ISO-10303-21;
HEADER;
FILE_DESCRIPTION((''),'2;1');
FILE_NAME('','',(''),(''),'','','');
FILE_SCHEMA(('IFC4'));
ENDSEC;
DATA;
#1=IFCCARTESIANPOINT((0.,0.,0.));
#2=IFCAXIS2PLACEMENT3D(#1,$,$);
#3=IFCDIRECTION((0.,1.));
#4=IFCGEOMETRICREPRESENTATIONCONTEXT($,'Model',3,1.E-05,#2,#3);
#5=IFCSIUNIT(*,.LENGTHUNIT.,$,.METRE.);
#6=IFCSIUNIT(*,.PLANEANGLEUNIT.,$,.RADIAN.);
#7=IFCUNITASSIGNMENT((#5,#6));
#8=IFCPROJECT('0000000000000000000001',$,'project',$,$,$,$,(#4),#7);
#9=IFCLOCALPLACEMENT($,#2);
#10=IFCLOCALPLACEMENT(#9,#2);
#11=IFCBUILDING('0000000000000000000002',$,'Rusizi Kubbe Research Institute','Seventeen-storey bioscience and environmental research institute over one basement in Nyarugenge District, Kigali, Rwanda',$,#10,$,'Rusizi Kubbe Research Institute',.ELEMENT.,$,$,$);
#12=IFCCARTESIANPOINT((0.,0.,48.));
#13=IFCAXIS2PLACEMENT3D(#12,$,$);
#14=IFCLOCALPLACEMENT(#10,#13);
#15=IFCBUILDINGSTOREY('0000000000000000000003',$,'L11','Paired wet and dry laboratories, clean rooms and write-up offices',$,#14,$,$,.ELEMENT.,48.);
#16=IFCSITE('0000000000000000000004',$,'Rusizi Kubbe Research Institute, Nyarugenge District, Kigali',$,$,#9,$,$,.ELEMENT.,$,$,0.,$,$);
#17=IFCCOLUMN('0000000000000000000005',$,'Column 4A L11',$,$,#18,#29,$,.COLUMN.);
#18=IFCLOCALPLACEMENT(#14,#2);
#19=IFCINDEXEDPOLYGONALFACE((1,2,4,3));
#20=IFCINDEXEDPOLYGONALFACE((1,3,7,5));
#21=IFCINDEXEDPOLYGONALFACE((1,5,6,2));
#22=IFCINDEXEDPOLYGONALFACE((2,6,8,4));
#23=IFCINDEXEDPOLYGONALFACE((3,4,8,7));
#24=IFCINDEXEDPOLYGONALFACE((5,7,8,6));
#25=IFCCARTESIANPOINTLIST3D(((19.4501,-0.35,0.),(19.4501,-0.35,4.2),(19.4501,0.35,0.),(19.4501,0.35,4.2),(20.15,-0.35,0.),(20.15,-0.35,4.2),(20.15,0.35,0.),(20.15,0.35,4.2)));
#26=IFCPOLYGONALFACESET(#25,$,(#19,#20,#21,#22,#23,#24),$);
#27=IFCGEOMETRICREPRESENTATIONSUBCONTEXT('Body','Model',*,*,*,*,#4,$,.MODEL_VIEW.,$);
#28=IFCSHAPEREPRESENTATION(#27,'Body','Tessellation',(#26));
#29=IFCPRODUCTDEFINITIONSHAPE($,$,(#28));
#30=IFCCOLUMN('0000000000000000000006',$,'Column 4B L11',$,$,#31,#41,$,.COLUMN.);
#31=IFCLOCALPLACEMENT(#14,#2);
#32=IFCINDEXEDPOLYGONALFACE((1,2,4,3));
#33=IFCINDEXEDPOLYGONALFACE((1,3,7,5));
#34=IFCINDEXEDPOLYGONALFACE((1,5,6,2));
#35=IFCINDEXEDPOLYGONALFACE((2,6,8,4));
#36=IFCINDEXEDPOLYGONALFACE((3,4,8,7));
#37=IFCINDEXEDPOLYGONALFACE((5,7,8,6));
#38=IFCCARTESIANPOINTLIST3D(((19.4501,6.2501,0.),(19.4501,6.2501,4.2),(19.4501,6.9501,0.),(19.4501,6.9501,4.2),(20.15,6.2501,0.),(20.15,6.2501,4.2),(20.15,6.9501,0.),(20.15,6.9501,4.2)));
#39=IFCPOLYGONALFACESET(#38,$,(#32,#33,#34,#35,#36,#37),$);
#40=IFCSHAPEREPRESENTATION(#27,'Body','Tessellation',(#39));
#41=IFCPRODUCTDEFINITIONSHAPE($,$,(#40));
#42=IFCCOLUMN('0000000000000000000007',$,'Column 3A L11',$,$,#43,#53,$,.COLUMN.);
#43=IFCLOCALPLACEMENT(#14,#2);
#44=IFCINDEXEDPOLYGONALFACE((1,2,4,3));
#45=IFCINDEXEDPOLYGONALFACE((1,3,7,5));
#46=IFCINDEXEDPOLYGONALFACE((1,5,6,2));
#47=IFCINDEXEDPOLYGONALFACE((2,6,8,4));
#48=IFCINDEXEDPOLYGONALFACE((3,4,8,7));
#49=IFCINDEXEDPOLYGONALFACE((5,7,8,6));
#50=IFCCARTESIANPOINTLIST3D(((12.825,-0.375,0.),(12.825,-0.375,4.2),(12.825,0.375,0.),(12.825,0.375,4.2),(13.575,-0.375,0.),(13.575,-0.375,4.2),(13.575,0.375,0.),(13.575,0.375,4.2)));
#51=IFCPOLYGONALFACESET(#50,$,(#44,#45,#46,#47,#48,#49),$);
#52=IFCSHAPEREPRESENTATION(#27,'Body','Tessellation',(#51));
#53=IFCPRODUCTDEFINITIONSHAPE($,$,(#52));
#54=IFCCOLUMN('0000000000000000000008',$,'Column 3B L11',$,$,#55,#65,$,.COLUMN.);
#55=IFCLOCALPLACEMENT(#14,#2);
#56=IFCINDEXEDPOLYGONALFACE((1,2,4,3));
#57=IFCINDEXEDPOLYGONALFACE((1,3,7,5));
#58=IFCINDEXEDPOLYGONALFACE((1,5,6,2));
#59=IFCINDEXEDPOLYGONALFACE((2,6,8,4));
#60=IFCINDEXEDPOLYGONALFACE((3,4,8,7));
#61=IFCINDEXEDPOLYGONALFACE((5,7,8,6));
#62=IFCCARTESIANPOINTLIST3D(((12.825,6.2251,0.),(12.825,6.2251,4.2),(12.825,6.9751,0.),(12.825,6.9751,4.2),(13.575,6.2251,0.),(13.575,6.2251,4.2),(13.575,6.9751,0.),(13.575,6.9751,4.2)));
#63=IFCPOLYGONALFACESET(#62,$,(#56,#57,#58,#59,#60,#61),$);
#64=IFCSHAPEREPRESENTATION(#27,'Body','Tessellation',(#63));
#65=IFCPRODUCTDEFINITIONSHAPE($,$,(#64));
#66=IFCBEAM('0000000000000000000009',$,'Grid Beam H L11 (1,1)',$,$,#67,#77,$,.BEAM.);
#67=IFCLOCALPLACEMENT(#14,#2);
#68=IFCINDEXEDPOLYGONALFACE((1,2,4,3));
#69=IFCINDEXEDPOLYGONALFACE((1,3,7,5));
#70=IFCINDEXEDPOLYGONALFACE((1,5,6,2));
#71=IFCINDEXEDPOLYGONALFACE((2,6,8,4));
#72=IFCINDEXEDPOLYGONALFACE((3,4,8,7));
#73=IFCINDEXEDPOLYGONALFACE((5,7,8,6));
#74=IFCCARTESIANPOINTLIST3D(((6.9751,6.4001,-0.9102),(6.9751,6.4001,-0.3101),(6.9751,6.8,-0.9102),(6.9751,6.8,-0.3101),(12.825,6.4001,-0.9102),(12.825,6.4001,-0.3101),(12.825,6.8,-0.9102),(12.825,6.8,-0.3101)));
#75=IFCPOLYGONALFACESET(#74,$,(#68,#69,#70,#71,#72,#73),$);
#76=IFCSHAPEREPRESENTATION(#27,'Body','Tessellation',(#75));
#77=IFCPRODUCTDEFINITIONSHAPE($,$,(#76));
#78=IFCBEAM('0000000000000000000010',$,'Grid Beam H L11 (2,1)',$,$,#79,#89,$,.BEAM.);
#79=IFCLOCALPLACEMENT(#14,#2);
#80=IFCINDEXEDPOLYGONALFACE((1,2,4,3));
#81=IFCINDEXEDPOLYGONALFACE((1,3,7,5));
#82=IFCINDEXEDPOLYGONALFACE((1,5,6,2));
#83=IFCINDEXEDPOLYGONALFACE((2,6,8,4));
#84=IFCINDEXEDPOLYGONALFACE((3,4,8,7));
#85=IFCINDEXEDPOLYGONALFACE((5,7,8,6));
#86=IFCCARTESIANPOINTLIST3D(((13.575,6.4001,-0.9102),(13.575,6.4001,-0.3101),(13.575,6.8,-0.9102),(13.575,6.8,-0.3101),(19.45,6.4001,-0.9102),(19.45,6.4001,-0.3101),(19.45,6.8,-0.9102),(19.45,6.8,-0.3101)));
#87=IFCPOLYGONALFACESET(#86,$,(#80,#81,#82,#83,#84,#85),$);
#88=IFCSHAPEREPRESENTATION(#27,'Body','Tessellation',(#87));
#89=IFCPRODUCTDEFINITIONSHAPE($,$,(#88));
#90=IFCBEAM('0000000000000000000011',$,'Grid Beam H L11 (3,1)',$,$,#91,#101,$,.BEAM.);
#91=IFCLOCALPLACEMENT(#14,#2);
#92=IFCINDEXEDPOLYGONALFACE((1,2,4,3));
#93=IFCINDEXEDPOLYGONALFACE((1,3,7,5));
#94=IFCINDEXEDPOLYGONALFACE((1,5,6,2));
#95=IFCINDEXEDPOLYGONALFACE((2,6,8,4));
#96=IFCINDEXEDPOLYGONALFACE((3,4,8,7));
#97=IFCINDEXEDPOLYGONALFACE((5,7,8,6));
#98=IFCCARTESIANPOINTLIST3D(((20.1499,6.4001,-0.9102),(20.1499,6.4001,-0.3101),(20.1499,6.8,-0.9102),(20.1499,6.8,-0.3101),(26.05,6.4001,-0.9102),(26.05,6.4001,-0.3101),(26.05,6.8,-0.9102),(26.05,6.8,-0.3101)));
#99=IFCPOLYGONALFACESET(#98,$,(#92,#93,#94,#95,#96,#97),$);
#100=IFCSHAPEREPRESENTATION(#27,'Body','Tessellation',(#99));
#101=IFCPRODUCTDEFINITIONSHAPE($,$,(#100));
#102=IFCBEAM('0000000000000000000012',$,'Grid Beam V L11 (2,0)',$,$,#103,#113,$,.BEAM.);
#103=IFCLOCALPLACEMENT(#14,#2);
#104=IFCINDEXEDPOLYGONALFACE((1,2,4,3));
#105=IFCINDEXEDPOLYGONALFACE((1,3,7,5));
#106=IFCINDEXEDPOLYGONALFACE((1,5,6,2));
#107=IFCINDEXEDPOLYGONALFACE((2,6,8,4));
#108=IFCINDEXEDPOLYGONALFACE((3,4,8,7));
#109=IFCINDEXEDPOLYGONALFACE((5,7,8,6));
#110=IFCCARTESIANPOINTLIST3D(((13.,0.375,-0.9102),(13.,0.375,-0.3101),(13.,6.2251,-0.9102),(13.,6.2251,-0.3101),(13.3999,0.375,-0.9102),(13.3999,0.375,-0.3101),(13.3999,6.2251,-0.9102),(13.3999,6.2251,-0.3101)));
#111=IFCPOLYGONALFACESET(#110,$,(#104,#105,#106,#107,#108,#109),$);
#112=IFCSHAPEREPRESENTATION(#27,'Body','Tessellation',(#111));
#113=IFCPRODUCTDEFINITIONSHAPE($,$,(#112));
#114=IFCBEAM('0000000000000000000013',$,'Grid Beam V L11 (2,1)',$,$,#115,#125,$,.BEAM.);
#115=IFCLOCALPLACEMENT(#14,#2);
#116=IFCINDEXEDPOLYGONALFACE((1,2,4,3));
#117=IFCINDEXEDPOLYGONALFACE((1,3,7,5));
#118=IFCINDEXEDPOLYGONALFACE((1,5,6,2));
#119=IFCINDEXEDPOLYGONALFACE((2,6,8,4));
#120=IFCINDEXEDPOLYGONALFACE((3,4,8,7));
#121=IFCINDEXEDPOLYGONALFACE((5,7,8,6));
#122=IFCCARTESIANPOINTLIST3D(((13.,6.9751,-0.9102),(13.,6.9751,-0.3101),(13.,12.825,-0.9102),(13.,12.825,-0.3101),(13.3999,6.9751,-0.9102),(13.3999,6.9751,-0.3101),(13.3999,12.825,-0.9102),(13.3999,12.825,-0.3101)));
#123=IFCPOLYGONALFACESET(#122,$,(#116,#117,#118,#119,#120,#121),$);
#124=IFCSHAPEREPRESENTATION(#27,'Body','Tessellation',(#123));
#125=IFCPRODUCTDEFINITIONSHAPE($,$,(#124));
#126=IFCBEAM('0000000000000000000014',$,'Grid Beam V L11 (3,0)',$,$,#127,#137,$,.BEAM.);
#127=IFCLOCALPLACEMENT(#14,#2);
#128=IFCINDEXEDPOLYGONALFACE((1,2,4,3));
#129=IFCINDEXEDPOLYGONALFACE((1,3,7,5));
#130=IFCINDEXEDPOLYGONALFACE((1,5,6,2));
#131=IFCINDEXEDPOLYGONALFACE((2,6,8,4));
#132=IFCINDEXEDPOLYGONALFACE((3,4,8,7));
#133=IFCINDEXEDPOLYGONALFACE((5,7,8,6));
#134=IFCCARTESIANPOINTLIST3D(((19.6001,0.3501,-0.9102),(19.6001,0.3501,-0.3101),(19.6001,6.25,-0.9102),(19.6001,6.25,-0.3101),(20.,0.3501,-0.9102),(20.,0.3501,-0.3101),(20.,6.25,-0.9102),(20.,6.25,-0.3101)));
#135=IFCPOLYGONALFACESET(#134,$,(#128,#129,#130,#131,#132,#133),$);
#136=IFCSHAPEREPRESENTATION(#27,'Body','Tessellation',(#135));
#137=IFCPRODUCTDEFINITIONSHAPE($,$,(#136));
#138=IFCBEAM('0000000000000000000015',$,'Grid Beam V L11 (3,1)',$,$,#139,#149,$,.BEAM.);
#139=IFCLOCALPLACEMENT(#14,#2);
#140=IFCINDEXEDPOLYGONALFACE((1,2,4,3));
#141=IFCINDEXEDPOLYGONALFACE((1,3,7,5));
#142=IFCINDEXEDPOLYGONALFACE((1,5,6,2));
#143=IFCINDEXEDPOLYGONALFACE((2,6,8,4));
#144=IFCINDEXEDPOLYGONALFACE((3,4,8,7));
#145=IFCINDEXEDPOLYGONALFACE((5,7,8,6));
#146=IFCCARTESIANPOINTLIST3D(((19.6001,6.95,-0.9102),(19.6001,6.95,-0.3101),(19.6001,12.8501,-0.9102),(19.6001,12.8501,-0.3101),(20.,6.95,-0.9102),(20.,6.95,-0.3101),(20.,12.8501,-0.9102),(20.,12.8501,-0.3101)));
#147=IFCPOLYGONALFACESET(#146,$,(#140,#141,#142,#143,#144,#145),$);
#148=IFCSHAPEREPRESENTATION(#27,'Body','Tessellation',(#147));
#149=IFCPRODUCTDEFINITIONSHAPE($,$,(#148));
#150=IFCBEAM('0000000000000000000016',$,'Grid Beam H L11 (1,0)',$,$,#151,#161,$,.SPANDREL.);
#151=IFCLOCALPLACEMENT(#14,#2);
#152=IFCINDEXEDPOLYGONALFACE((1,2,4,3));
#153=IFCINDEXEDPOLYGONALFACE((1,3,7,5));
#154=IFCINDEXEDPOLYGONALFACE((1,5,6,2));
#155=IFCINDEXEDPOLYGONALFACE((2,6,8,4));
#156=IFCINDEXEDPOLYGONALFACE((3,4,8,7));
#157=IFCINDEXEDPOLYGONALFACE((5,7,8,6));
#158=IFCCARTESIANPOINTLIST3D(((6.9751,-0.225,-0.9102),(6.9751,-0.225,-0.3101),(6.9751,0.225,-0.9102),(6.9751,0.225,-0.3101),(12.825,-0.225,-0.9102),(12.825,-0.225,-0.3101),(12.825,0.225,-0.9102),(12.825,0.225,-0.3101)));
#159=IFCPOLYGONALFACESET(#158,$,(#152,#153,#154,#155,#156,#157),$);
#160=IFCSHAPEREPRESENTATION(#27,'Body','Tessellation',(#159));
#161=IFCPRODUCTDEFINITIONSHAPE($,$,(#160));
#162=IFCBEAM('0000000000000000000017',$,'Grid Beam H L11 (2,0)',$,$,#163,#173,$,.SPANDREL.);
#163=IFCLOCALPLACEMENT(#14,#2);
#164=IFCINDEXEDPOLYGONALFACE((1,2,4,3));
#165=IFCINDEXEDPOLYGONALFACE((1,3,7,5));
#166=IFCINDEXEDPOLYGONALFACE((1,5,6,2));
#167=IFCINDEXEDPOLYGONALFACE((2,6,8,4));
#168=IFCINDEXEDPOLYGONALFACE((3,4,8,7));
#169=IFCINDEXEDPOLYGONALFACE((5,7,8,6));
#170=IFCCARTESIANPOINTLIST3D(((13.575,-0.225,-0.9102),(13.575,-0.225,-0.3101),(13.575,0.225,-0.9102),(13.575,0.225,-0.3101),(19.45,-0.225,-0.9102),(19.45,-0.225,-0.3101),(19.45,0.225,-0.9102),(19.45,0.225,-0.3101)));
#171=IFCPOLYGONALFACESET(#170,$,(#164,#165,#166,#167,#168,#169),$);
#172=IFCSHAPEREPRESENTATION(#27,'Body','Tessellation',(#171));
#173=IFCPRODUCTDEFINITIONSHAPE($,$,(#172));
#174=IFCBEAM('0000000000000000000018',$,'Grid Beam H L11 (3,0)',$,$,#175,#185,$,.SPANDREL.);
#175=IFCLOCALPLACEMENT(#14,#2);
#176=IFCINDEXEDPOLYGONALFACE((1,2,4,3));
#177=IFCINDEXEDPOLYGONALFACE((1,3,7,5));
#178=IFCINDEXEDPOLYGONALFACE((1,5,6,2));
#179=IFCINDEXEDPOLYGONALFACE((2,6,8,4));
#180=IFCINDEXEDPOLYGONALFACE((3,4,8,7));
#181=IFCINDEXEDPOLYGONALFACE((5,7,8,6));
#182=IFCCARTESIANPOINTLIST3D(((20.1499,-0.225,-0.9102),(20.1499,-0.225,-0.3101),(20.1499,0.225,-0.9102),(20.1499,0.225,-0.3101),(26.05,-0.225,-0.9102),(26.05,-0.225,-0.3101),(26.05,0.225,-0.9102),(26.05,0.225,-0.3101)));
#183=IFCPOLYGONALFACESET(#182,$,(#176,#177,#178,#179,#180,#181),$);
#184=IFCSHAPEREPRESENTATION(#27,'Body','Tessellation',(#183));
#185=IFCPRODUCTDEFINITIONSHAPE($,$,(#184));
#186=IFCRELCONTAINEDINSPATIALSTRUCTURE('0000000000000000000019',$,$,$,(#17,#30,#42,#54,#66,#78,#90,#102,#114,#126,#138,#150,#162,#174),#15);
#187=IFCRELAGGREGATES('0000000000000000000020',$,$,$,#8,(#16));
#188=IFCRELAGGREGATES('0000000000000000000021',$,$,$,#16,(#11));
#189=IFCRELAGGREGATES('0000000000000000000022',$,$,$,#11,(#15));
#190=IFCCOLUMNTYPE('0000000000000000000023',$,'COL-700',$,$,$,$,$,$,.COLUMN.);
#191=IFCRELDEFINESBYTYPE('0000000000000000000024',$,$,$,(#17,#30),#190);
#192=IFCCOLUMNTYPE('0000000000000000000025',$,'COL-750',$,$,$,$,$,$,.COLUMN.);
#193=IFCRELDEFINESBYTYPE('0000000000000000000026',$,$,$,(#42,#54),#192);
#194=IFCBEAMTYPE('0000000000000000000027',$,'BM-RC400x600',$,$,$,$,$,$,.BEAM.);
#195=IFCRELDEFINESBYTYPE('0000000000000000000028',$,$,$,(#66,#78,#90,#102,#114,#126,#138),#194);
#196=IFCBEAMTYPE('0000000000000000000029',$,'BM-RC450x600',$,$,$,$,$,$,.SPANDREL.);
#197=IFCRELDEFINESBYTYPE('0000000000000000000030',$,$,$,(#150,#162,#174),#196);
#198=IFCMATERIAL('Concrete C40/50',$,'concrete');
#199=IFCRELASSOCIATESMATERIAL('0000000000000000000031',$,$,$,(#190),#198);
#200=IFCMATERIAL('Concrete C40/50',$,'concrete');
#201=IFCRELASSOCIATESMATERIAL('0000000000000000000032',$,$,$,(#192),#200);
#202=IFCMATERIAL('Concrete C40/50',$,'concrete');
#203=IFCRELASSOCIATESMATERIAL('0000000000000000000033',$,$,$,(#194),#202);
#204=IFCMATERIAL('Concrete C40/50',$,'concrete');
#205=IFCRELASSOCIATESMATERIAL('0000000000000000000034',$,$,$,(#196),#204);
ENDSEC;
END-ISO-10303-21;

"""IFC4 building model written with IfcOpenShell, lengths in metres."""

from ifc_helpers import new_model, si_unit, direction, frame, origin, origin_2d, place, context, subcontext, project, spatial, rectangle, extrude, material, material_profile, profile_set, type_object, element, save


model = new_model("IFC4")

# Units and contexts
model_context = context("Model", 3, precision=1e-05, world=origin(), true_north=direction((0.0, 1.0)))
body_context = subcontext(model_context, "Body", "Model", "MODEL_VIEW")
ifc_project = project(units=[si_unit("LENGTHUNIT", "METRE"), si_unit("PLANEANGLEUNIT", "RADIAN")], contexts=[model_context])

# Site, building, storey
site_placement = place(None, origin())
site = spatial("IfcSite", under=ifc_project, at=site_placement, Name="Rusizi Kubbe Research Institute, Nyarugenge District, Kigali", CompositionType="ELEMENT", RefElevation=0.0)
building_placement = place(site_placement, origin())
building = spatial("IfcBuilding", under=site, at=building_placement, Name="Rusizi Kubbe Research Institute", Description="Seventeen-storey bioscience and environmental research institute over one basement in Nyarugenge District, Kigali, Rwanda", LongName="Rusizi Kubbe Research Institute", CompositionType="ELEMENT")
storey_placement = place(building_placement, frame((0.0, 0.0, 48.0)))
storey = spatial("IfcBuildingStorey", under=building, at=storey_placement, Name="L11", Description="Paired wet and dry laboratories, clean rooms and write-up offices", CompositionType="ELEMENT", Elevation=48.0)

# Columns
ifc_material_1 = material(Name="Concrete C40/50", Category="concrete")
ifc_material_profile_1 = material_profile(ifc_material_1, rectangle(XDim=0.7, YDim=0.7, at=origin_2d()), Name="RC700x700")
ifc_profile_set_1 = profile_set([ifc_material_profile_1], Name="Concrete C40/50")
column_type_1 = type_object("IfcColumnType", Name="COL-700", PredefinedType="COLUMN", material=ifc_profile_set_1)
for number, where, z_axis, x_axis, name in (
    (1, (19.8, 0.0, 0.0), (0.0, 0.0, 1.0), (1.0, 0.0, 0.0), "Column 4A L11"),
    (2, (19.8, 6.6001, 0.0), (0.0, 0.0, 1.0), (1.0, 0.0, 0.0), "Column 4B L11"),
):
    element("IfcColumn", number, at=place(storey_placement, frame(where, z_axis=z_axis, x_axis=x_axis)), inside=storey, type_object=column_type_1, Name=name, PredefinedType="COLUMN", context=body_context, shape_type="SweptSolid", body=[
        extrude(rectangle(XDim=0.7, YDim=0.7, at=origin_2d()), origin(), (0.0, 0.0, 1.0), 4.2),
    ])
ifc_material_2 = material(Name="Concrete C40/50", Category="concrete")
ifc_material_profile_2 = material_profile(ifc_material_2, rectangle(XDim=0.75, YDim=0.75, at=origin_2d()), Name="RC750x750")
ifc_profile_set_2 = profile_set([ifc_material_profile_2], Name="Concrete C40/50")
column_type_2 = type_object("IfcColumnType", Name="COL-750", PredefinedType="COLUMN", material=ifc_profile_set_2)
for number, where, z_axis, x_axis, name in (
    (3, (13.2, 0.0, 0.0), (0.0, 0.0, 1.0), (1.0, 0.0, 0.0), "Column 3A L11"),
    (4, (13.2, 6.6001, 0.0), (0.0, 0.0, 1.0), (1.0, 0.0, 0.0), "Column 3B L11"),
):
    element("IfcColumn", number, at=place(storey_placement, frame(where, z_axis=z_axis, x_axis=x_axis)), inside=storey, type_object=column_type_2, Name=name, PredefinedType="COLUMN", context=body_context, shape_type="SweptSolid", body=[
        extrude(rectangle(XDim=0.75, YDim=0.75, at=origin_2d()), origin(), (0.0, 0.0, 1.0), 4.2),
    ])

# Beams
ifc_material_3 = material(Name="Concrete C40/50", Category="concrete")
ifc_material_profile_3 = material_profile(ifc_material_3, rectangle(XDim=0.3999, YDim=0.6001, at=origin_2d()), Name="RC400x600")
ifc_profile_set_3 = profile_set([ifc_material_profile_3], Name="Concrete C40/50")
beam_type_1 = type_object("IfcBeamType", Name="BM-RC400x600", PredefinedType="BEAM", material=ifc_profile_set_3)
beam_1_placement = place(storey_placement, frame((6.9751, 6.6001, -0.6101), z_axis=(1.0, 0.0, 0.0), x_axis=(0.0, 1.0, 0.0)))
element("IfcBeam", 5, at=beam_1_placement, inside=storey, type_object=beam_type_1, Name="Grid Beam H L11 (1,1)", PredefinedType="BEAM", context=body_context, shape_type="SweptSolid", body=[
    extrude(rectangle(XDim=0.3999, YDim=0.6001, at=origin_2d()), origin(), (0.0, 0.0, 1.0), 5.8499),
])
beam_2_placement = place(storey_placement, frame((13.575, 6.6001, -0.6101), z_axis=(1.0, 0.0, 0.0), x_axis=(0.0, 1.0, 0.0)))
element("IfcBeam", 6, at=beam_2_placement, inside=storey, type_object=beam_type_1, Name="Grid Beam H L11 (2,1)", PredefinedType="BEAM", context=body_context, shape_type="SweptSolid", body=[
    extrude(rectangle(XDim=0.3999, YDim=0.6001, at=origin_2d()), origin(), (0.0, 0.0, 1.0), 5.875),
])
beam_3_placement = place(storey_placement, frame((20.1499, 6.6001, -0.6101), z_axis=(1.0, 0.0, 0.0), x_axis=(0.0, 1.0, 0.0)))
element("IfcBeam", 7, at=beam_3_placement, inside=storey, type_object=beam_type_1, Name="Grid Beam H L11 (3,1)", PredefinedType="BEAM", context=body_context, shape_type="SweptSolid", body=[
    extrude(rectangle(XDim=0.3999, YDim=0.6001, at=origin_2d()), origin(), (0.0, 0.0, 1.0), 5.9001),
])
beam_4_placement = place(storey_placement, frame((13.2, 0.375, -0.6101), z_axis=(0.0, 1.0, 0.0), x_axis=(-1.0, 0.0, 0.0)))
element("IfcBeam", 8, at=beam_4_placement, inside=storey, type_object=beam_type_1, Name="Grid Beam V L11 (2,0)", PredefinedType="BEAM", context=body_context, shape_type="SweptSolid", body=[
    extrude(rectangle(XDim=0.3999, YDim=0.6001, at=origin_2d()), origin(), (0.0, 0.0, 1.0), 5.8501),
])
beam_5_placement = place(storey_placement, frame((13.2, 6.9751, -0.6101), z_axis=(0.0, 1.0, 0.0), x_axis=(-1.0, 0.0, 0.0)))
element("IfcBeam", 9, at=beam_5_placement, inside=storey, type_object=beam_type_1, Name="Grid Beam V L11 (2,1)", PredefinedType="BEAM", context=body_context, shape_type="SweptSolid", body=[
    extrude(rectangle(XDim=0.3999, YDim=0.6001, at=origin_2d()), origin(), (0.0, 0.0, 1.0), 5.8499),
])
beam_6_placement = place(storey_placement, frame((19.8, 0.3501, -0.6101), z_axis=(0.0, 1.0, 0.0), x_axis=(-1.0, 0.0, 0.0)))
element("IfcBeam", 10, at=beam_6_placement, inside=storey, type_object=beam_type_1, Name="Grid Beam V L11 (3,0)", PredefinedType="BEAM", context=body_context, shape_type="SweptSolid", body=[
    extrude(rectangle(XDim=0.3999, YDim=0.6001, at=origin_2d()), origin(), (0.0, 0.0, 1.0), 5.8999),
])
beam_7_placement = place(storey_placement, frame((19.8, 6.95, -0.6101), z_axis=(0.0, 1.0, 0.0), x_axis=(-1.0, 0.0, 0.0)))
element("IfcBeam", 11, at=beam_7_placement, inside=storey, type_object=beam_type_1, Name="Grid Beam V L11 (3,1)", PredefinedType="BEAM", context=body_context, shape_type="SweptSolid", body=[
    extrude(rectangle(XDim=0.3999, YDim=0.6001, at=origin_2d()), origin(), (0.0, 0.0, 1.0), 5.9001),
])
ifc_material_4 = material(Name="Concrete C40/50", Category="concrete")
ifc_material_profile_4 = material_profile(ifc_material_4, rectangle(XDim=0.45, YDim=0.6001, at=origin_2d()), Name="RC450x600")
ifc_profile_set_4 = profile_set([ifc_material_profile_4], Name="Concrete C40/50")
beam_type_2 = type_object("IfcBeamType", Name="BM-RC450x600", PredefinedType="SPANDREL", material=ifc_profile_set_4)
beam_8_placement = place(storey_placement, frame((6.9751, 0.0, -0.6101), z_axis=(1.0, 0.0, 0.0), x_axis=(0.0, 1.0, 0.0)))
element("IfcBeam", 12, at=beam_8_placement, inside=storey, type_object=beam_type_2, Name="Grid Beam H L11 (1,0)", PredefinedType="SPANDREL", context=body_context, shape_type="SweptSolid", body=[
    extrude(rectangle(XDim=0.45, YDim=0.6001, at=origin_2d()), origin(), (0.0, 0.0, 1.0), 5.8499),
])
beam_9_placement = place(storey_placement, frame((13.575, 0.0, -0.6101), z_axis=(1.0, 0.0, 0.0), x_axis=(0.0, 1.0, 0.0)))
element("IfcBeam", 13, at=beam_9_placement, inside=storey, type_object=beam_type_2, Name="Grid Beam H L11 (2,0)", PredefinedType="SPANDREL", context=body_context, shape_type="SweptSolid", body=[
    extrude(rectangle(XDim=0.45, YDim=0.6001, at=origin_2d()), origin(), (0.0, 0.0, 1.0), 5.875),
])
beam_10_placement = place(storey_placement, frame((20.1499, 0.0, -0.6101), z_axis=(1.0, 0.0, 0.0), x_axis=(0.0, 1.0, 0.0)))
element("IfcBeam", 14, at=beam_10_placement, inside=storey, type_object=beam_type_2, Name="Grid Beam H L11 (3,0)", PredefinedType="SPANDREL", context=body_context, shape_type="SweptSolid", body=[
    extrude(rectangle(XDim=0.45, YDim=0.6001, at=origin_2d()), origin(), (0.0, 0.0, 1.0), 5.9001),
])

save(model, "model.ifc")
